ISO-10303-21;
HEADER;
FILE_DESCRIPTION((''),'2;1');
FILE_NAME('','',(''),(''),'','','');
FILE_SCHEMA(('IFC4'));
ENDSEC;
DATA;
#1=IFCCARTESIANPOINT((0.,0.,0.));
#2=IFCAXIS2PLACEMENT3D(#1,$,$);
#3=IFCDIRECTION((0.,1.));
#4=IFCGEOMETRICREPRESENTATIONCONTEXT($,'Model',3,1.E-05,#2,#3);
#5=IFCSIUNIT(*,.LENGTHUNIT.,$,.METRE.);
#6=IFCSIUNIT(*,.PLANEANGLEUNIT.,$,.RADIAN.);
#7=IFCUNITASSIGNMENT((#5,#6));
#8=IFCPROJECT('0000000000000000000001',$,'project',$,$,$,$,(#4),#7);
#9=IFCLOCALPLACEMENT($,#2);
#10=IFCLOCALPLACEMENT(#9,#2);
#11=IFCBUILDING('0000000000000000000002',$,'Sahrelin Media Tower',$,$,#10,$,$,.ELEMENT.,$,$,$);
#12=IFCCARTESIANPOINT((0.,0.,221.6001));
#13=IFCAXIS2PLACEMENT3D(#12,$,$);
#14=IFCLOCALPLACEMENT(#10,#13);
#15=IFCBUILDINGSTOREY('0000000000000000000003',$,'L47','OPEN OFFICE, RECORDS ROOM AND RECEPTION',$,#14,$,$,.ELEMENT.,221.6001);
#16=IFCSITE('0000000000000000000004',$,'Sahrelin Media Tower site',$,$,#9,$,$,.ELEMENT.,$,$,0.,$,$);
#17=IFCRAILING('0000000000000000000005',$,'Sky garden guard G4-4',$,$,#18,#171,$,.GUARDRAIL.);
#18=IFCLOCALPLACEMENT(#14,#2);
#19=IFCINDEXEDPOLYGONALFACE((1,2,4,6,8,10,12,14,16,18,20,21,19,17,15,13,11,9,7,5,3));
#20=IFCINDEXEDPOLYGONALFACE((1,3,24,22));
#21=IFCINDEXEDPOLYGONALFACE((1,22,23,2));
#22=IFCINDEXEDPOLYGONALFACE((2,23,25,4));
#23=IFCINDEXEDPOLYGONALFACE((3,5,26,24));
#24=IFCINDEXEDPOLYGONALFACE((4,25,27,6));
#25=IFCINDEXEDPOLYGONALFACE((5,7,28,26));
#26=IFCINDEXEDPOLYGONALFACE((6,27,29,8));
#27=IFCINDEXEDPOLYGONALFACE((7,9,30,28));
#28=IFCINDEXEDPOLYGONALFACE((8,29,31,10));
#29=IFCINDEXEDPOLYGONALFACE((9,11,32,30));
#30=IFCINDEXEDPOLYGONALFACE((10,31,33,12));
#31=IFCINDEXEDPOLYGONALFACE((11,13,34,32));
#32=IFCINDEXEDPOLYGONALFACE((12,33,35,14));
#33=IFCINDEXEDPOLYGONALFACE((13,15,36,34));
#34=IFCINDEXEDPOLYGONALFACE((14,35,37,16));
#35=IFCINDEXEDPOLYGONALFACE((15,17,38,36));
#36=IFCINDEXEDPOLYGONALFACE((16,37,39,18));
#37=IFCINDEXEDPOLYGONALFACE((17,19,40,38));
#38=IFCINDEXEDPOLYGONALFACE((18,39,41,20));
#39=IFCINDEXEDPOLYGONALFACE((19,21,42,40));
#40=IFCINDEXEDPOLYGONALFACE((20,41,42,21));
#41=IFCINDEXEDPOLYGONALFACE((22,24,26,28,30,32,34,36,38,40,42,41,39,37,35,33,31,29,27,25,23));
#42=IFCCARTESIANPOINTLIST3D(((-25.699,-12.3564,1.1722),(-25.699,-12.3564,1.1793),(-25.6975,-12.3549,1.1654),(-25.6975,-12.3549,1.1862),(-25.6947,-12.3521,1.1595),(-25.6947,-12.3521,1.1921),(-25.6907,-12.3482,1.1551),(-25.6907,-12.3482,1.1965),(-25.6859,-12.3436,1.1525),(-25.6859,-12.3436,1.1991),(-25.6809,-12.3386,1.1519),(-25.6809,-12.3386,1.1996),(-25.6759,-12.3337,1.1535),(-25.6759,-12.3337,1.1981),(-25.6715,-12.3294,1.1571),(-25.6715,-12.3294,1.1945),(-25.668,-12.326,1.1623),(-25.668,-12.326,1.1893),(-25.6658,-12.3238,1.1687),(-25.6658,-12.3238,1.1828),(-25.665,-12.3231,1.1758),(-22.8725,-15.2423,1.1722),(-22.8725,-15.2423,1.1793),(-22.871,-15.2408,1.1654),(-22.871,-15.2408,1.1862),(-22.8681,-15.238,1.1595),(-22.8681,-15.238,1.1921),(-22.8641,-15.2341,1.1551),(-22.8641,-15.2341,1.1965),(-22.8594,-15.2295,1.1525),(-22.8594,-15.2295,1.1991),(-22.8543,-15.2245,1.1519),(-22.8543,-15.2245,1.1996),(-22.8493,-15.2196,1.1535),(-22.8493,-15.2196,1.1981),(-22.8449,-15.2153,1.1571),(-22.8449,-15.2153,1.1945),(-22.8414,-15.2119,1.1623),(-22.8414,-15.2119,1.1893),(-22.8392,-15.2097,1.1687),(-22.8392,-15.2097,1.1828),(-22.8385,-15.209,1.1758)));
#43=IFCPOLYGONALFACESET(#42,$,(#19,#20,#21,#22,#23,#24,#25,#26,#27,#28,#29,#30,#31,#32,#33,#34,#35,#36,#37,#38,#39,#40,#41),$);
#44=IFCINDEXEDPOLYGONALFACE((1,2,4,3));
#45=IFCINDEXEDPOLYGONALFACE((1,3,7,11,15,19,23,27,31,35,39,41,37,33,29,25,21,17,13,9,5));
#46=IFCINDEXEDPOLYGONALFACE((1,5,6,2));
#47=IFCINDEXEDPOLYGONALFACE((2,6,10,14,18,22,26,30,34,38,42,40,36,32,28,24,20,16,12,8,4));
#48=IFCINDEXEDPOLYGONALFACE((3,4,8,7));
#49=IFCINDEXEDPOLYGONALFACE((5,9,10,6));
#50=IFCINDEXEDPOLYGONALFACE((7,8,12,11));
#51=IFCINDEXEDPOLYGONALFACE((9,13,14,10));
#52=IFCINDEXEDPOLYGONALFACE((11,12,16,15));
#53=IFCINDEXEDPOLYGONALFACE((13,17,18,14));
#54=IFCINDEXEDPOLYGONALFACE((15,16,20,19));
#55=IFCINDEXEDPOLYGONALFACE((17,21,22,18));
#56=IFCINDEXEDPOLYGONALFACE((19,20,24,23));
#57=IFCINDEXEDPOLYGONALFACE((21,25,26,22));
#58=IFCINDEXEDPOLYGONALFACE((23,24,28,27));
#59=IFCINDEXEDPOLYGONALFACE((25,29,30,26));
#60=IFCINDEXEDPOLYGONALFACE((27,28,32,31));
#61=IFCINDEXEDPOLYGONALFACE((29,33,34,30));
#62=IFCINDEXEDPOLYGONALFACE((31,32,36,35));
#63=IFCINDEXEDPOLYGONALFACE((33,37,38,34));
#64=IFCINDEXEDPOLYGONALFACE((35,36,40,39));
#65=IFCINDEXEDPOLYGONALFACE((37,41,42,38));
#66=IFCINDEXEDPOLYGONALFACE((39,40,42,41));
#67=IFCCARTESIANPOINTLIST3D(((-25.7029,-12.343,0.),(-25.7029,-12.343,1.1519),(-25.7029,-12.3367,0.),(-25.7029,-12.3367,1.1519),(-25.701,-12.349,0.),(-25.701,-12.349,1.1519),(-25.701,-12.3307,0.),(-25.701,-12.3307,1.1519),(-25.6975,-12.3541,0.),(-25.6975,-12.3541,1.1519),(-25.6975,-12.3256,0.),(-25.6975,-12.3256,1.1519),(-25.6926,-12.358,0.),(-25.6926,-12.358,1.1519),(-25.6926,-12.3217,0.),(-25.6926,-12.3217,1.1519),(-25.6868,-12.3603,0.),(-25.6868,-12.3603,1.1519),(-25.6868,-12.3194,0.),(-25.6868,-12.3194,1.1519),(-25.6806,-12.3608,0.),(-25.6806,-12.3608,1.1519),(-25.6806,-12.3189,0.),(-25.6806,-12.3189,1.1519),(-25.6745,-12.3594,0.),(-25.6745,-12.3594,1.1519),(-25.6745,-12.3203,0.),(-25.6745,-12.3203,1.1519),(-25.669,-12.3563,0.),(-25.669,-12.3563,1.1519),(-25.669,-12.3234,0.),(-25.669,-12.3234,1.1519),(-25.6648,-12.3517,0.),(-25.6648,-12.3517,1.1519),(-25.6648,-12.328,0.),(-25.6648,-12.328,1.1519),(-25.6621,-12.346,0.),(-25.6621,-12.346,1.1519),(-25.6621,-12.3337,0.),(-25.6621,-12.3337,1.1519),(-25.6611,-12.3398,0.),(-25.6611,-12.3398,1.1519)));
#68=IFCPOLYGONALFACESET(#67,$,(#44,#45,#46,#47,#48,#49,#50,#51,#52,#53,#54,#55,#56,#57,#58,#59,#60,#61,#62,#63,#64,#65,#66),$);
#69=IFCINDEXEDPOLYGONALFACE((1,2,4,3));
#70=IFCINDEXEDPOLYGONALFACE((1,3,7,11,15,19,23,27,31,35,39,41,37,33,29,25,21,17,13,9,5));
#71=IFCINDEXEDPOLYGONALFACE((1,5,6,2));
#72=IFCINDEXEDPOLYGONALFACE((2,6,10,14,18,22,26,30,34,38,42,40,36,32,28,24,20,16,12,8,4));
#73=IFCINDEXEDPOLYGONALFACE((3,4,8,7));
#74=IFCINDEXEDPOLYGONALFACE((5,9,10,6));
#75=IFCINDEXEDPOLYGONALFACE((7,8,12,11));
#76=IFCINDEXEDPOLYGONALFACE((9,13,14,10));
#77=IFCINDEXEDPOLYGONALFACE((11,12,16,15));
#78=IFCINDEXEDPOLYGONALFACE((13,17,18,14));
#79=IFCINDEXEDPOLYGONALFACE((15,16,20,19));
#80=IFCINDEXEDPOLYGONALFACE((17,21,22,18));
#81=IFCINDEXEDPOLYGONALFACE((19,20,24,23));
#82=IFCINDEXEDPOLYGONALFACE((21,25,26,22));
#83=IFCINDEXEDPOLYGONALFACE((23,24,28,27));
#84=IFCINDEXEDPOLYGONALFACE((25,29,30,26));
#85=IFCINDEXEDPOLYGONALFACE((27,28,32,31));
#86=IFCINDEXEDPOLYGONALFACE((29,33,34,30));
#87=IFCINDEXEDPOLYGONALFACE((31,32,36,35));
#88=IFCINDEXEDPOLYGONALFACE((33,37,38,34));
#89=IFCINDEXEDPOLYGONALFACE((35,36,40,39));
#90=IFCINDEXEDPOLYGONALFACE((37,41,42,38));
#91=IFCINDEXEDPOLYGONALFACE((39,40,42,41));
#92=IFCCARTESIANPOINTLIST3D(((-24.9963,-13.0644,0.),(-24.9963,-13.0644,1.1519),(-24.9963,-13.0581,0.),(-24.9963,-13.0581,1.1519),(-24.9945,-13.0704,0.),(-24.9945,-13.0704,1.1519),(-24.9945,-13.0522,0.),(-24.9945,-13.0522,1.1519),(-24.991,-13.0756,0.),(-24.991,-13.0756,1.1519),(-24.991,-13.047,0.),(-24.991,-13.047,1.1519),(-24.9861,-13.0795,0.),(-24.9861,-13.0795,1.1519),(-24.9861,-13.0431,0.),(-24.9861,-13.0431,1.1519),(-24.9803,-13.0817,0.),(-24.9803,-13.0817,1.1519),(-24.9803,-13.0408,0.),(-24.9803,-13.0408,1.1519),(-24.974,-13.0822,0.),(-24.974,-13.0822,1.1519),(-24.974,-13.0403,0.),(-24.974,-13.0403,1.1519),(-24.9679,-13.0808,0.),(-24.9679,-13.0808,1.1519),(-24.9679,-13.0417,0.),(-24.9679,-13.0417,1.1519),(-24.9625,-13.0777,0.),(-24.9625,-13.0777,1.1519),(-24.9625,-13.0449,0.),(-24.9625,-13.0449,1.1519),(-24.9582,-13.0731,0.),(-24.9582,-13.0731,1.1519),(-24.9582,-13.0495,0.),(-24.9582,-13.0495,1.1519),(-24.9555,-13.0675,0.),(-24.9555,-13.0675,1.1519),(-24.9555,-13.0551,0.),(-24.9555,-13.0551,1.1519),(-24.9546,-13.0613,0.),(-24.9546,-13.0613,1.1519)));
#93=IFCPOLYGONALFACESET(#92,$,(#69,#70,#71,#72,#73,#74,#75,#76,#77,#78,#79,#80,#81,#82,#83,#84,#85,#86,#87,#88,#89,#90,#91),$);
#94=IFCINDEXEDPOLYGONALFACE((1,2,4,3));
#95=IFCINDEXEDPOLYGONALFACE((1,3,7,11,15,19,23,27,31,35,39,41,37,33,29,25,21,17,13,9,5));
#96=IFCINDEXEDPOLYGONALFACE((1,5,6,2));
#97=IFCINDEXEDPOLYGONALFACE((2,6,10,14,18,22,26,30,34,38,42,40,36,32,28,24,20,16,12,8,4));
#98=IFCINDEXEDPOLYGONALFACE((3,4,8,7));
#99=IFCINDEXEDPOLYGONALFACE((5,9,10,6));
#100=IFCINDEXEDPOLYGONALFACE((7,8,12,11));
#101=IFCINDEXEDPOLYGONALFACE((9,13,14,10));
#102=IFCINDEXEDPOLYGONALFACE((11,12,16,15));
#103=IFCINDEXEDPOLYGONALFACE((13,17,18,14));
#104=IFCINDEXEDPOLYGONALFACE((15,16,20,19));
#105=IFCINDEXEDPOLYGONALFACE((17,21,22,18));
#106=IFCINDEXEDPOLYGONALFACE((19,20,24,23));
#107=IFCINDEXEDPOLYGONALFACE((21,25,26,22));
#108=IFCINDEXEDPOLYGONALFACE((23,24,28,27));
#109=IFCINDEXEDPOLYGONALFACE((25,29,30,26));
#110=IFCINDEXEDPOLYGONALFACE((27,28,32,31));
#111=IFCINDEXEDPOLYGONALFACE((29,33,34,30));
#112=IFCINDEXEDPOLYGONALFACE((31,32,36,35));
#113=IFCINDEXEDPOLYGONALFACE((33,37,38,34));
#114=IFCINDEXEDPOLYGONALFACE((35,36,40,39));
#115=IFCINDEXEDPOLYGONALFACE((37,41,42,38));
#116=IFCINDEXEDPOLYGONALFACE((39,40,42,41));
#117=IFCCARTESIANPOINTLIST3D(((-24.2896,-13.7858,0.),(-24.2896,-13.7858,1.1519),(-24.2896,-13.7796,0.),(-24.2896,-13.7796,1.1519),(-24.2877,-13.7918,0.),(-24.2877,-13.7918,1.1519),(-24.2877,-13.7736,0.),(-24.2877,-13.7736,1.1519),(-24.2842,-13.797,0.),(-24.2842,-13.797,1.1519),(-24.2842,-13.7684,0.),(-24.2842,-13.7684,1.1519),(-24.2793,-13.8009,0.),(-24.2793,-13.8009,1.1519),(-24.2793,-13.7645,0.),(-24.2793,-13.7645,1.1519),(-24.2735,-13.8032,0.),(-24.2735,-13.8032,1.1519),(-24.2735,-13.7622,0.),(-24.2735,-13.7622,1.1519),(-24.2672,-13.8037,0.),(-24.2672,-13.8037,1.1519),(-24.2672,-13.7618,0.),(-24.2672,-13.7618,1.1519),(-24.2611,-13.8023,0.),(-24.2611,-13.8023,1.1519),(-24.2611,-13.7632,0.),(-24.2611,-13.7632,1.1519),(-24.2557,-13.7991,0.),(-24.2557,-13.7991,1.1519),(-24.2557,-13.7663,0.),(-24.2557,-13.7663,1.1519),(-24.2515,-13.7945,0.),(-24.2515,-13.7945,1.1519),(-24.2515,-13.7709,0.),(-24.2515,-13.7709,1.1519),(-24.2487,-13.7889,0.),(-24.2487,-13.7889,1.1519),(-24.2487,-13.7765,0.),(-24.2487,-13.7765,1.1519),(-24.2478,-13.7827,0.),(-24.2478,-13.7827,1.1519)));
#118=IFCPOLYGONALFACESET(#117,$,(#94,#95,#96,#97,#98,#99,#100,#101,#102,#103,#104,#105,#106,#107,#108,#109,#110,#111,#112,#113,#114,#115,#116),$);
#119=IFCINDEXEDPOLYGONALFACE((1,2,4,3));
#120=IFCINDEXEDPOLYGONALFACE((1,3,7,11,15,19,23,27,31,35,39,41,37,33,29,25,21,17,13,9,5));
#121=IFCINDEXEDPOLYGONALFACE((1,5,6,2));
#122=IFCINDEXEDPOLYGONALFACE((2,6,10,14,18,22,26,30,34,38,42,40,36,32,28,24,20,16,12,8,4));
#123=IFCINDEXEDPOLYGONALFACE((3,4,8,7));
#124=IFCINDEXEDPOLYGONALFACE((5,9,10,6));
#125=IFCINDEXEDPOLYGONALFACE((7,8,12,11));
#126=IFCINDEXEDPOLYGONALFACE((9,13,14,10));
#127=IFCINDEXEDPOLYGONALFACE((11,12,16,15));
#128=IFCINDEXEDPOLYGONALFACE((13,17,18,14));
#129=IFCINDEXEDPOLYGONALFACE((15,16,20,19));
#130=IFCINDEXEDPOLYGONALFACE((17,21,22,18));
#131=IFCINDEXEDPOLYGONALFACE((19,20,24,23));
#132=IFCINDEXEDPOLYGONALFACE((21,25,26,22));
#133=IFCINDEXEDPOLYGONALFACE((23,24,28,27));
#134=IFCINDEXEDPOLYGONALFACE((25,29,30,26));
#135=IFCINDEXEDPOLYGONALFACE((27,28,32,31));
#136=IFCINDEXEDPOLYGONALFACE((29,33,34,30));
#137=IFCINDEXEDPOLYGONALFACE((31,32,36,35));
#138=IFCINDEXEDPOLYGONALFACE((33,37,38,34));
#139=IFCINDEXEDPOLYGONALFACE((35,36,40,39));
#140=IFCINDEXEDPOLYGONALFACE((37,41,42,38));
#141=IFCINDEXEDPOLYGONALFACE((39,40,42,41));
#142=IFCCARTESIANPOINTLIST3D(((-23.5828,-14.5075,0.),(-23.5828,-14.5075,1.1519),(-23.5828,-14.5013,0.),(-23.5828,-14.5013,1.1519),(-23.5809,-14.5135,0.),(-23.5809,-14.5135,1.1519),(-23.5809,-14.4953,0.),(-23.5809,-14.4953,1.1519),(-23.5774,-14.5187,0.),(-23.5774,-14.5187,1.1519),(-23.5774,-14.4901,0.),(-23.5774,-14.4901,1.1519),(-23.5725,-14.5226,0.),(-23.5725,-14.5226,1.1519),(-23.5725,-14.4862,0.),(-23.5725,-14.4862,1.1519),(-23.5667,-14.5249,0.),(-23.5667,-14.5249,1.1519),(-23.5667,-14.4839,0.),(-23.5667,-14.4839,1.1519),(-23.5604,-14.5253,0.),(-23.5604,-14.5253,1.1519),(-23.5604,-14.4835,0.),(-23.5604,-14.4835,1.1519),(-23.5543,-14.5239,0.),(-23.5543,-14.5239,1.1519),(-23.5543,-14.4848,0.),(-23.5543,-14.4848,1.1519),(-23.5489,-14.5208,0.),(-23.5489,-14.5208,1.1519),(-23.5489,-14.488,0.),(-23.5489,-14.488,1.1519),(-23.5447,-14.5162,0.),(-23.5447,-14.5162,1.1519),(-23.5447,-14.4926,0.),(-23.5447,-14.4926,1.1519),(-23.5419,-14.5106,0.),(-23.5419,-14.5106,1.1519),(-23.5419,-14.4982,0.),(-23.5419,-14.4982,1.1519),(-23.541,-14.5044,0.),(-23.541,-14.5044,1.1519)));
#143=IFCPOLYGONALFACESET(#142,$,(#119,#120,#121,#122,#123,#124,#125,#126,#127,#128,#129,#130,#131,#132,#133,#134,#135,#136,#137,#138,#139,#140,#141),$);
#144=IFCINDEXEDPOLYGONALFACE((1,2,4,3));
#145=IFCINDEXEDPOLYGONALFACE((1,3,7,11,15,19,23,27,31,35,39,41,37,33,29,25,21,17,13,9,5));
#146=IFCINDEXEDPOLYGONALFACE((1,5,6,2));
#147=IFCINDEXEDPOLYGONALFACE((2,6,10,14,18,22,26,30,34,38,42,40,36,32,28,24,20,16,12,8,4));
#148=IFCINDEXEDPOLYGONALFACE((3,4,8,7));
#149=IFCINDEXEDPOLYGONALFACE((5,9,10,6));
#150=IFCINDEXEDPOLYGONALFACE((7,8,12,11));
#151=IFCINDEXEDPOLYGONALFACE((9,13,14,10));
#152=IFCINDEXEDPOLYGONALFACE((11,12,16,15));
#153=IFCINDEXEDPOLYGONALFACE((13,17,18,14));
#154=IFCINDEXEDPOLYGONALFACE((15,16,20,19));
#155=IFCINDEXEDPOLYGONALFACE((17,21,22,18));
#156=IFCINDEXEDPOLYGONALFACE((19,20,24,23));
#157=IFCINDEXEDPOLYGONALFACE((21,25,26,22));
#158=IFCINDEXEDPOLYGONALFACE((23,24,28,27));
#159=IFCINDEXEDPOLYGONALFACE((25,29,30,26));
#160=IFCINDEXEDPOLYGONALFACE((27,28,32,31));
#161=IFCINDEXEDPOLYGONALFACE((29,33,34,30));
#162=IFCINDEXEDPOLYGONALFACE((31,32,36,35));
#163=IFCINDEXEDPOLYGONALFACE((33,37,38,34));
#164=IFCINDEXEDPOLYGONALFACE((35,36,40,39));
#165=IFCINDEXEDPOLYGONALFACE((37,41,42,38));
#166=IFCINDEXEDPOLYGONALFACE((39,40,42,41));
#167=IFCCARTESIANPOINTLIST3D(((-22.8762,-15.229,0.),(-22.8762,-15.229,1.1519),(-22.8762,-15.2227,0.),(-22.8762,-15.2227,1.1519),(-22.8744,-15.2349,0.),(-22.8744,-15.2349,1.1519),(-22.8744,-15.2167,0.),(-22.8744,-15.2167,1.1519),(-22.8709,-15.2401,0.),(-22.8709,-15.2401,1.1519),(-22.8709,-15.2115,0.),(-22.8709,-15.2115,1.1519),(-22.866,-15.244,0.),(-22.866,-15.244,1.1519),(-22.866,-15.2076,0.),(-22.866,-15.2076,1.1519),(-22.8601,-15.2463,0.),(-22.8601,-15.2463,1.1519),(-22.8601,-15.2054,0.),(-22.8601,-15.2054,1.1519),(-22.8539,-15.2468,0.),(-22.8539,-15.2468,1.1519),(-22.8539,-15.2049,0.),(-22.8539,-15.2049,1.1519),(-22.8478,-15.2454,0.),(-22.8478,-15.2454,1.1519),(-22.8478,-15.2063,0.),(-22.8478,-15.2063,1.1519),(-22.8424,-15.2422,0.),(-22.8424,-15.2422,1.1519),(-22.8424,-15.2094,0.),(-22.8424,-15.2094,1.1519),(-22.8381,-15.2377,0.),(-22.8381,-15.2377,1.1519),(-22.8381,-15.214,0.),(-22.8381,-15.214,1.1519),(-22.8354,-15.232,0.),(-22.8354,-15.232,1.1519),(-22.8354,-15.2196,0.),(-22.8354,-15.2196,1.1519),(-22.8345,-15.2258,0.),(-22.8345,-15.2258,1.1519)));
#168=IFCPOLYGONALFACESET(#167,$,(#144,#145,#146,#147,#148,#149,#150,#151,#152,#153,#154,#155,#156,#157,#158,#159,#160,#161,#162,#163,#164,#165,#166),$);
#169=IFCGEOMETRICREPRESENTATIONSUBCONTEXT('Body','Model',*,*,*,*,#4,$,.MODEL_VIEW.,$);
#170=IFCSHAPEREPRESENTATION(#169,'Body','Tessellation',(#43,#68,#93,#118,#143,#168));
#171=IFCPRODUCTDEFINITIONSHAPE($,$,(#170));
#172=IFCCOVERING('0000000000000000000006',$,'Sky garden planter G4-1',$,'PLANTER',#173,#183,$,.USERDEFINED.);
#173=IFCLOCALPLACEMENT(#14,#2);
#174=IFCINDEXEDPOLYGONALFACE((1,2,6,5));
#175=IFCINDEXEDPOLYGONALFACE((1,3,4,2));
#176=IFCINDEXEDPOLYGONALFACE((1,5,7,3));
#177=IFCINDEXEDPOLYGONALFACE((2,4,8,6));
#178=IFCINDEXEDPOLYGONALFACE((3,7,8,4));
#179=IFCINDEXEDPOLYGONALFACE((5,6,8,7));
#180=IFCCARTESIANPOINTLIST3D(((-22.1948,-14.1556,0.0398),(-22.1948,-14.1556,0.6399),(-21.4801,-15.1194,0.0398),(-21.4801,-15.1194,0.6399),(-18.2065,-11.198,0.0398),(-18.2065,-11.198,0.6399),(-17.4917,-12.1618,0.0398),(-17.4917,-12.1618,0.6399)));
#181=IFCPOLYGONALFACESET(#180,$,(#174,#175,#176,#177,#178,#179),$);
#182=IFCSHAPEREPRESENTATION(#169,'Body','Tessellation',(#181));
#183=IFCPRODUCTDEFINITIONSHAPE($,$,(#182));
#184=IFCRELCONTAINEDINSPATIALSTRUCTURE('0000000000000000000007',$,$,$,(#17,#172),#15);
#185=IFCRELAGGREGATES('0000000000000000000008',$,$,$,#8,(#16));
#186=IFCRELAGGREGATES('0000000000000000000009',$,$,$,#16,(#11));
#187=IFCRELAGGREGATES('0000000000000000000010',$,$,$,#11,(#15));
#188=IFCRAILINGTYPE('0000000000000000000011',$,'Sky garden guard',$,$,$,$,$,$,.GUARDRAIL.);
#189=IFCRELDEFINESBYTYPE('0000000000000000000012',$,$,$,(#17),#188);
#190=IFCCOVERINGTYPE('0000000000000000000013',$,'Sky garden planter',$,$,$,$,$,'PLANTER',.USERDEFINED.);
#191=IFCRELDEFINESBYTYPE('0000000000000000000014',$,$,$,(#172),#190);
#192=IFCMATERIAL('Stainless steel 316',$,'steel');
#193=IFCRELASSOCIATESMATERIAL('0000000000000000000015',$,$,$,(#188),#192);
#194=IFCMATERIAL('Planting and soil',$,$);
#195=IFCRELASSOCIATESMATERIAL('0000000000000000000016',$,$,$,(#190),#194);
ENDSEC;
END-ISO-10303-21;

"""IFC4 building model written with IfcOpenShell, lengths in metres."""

from ifc_helpers import new_model, si_unit, direction, frame, origin, origin_2d, place, context, subcontext, project, spatial, rectangle, circle, extrude, material, type_object, element, save


model = new_model("IFC4")

# Units and contexts
model_context = context("Model", 3, precision=1e-05, world=origin(), true_north=direction((0.0, 1.0)))
body_context = subcontext(model_context, "Body", "Model", "MODEL_VIEW")
ifc_project = project(units=[si_unit("LENGTHUNIT", "METRE"), si_unit("PLANEANGLEUNIT", "RADIAN")], contexts=[model_context])

# Site, building, storey
site_placement = place(None, origin())
site = spatial("IfcSite", under=ifc_project, at=site_placement, Name="Sahrelin Media Tower site", CompositionType="ELEMENT", RefElevation=0.0)
building_placement = place(site_placement, origin())
building = spatial("IfcBuilding", under=site, at=building_placement, Name="Sahrelin Media Tower", CompositionType="ELEMENT")
storey_placement = place(building_placement, frame((0.0, 0.0, 221.6001)))
storey = spatial("IfcBuildingStorey", under=building, at=storey_placement, Name="L47", Description="OPEN OFFICE, RECORDS ROOM AND RECEPTION", CompositionType="ELEMENT", Elevation=221.6001)

# Railing
ifc_material_1 = material(Name="Stainless steel 316", Category="steel")
railing_type = type_object("IfcRailingType", Name="Sky garden guard", PredefinedType="GUARDRAIL", material=ifc_material_1)
railing_placement = place(storey_placement, frame((-25.6821, -12.3398, 0.0)))
element("IfcRailing", 1, at=railing_placement, inside=storey, type_object=railing_type, Name="Sky garden guard G4-4", PredefinedType="GUARDRAIL", context=body_context, shape_type="SweptSolid", body=[
    extrude(circle(Radius=0.0239, at=origin_2d()), frame((0.0, 0.0, 1.1758), z_axis=(0.699726, -0.714412, 0.0), x_axis=(0.714412, 0.699726, 0.0)), (0.0, 0.0, 1.0), 4.0396),
    extrude(circle(Radius=0.021, at=origin_2d()), origin(), (0.0, 0.0, 1.0), 1.1519),
    extrude(circle(Radius=0.021, at=origin_2d()), frame((0.7065, -0.7214, 0.0)), (0.0, 0.0, 1.0), 1.1519),
    extrude(circle(Radius=0.021, at=origin_2d()), frame((1.4133, -1.4429, 0.0)), (0.0, 0.0, 1.0), 1.1519),
    extrude(circle(Radius=0.021, at=origin_2d()), frame((2.1201, -2.1646, 0.0)), (0.0, 0.0, 1.0), 1.1519),
    extrude(circle(Radius=0.021, at=origin_2d()), frame((2.8267, -2.886, 0.0)), (0.0, 0.0, 1.0), 1.1519),
])

# Covering
ifc_material_2 = material(Name="Planting and soil")
covering_type = type_object("IfcCoveringType", Name="Sky garden planter", ElementType="PLANTER", PredefinedType="USERDEFINED", material=ifc_material_2)
covering_placement = place(storey_placement, frame((-19.8433, -13.1587, 0.0398), z_axis=(0.0, 0.0, 1.0), x_axis=(-0.803241, -0.595654, 0.0)))
element("IfcCovering", 2, at=covering_placement, inside=storey, type_object=covering_type, Name="Sky garden planter G4-1", ObjectType="PLANTER", PredefinedType="USERDEFINED", context=body_context, shape_type="SweptSolid", body=[
    extrude(rectangle(XDim=4.9653, YDim=1.2, at=origin_2d()), origin(), (0.0, 0.0, 1.0), 0.6001),
])

save(model, "model.ifc")
